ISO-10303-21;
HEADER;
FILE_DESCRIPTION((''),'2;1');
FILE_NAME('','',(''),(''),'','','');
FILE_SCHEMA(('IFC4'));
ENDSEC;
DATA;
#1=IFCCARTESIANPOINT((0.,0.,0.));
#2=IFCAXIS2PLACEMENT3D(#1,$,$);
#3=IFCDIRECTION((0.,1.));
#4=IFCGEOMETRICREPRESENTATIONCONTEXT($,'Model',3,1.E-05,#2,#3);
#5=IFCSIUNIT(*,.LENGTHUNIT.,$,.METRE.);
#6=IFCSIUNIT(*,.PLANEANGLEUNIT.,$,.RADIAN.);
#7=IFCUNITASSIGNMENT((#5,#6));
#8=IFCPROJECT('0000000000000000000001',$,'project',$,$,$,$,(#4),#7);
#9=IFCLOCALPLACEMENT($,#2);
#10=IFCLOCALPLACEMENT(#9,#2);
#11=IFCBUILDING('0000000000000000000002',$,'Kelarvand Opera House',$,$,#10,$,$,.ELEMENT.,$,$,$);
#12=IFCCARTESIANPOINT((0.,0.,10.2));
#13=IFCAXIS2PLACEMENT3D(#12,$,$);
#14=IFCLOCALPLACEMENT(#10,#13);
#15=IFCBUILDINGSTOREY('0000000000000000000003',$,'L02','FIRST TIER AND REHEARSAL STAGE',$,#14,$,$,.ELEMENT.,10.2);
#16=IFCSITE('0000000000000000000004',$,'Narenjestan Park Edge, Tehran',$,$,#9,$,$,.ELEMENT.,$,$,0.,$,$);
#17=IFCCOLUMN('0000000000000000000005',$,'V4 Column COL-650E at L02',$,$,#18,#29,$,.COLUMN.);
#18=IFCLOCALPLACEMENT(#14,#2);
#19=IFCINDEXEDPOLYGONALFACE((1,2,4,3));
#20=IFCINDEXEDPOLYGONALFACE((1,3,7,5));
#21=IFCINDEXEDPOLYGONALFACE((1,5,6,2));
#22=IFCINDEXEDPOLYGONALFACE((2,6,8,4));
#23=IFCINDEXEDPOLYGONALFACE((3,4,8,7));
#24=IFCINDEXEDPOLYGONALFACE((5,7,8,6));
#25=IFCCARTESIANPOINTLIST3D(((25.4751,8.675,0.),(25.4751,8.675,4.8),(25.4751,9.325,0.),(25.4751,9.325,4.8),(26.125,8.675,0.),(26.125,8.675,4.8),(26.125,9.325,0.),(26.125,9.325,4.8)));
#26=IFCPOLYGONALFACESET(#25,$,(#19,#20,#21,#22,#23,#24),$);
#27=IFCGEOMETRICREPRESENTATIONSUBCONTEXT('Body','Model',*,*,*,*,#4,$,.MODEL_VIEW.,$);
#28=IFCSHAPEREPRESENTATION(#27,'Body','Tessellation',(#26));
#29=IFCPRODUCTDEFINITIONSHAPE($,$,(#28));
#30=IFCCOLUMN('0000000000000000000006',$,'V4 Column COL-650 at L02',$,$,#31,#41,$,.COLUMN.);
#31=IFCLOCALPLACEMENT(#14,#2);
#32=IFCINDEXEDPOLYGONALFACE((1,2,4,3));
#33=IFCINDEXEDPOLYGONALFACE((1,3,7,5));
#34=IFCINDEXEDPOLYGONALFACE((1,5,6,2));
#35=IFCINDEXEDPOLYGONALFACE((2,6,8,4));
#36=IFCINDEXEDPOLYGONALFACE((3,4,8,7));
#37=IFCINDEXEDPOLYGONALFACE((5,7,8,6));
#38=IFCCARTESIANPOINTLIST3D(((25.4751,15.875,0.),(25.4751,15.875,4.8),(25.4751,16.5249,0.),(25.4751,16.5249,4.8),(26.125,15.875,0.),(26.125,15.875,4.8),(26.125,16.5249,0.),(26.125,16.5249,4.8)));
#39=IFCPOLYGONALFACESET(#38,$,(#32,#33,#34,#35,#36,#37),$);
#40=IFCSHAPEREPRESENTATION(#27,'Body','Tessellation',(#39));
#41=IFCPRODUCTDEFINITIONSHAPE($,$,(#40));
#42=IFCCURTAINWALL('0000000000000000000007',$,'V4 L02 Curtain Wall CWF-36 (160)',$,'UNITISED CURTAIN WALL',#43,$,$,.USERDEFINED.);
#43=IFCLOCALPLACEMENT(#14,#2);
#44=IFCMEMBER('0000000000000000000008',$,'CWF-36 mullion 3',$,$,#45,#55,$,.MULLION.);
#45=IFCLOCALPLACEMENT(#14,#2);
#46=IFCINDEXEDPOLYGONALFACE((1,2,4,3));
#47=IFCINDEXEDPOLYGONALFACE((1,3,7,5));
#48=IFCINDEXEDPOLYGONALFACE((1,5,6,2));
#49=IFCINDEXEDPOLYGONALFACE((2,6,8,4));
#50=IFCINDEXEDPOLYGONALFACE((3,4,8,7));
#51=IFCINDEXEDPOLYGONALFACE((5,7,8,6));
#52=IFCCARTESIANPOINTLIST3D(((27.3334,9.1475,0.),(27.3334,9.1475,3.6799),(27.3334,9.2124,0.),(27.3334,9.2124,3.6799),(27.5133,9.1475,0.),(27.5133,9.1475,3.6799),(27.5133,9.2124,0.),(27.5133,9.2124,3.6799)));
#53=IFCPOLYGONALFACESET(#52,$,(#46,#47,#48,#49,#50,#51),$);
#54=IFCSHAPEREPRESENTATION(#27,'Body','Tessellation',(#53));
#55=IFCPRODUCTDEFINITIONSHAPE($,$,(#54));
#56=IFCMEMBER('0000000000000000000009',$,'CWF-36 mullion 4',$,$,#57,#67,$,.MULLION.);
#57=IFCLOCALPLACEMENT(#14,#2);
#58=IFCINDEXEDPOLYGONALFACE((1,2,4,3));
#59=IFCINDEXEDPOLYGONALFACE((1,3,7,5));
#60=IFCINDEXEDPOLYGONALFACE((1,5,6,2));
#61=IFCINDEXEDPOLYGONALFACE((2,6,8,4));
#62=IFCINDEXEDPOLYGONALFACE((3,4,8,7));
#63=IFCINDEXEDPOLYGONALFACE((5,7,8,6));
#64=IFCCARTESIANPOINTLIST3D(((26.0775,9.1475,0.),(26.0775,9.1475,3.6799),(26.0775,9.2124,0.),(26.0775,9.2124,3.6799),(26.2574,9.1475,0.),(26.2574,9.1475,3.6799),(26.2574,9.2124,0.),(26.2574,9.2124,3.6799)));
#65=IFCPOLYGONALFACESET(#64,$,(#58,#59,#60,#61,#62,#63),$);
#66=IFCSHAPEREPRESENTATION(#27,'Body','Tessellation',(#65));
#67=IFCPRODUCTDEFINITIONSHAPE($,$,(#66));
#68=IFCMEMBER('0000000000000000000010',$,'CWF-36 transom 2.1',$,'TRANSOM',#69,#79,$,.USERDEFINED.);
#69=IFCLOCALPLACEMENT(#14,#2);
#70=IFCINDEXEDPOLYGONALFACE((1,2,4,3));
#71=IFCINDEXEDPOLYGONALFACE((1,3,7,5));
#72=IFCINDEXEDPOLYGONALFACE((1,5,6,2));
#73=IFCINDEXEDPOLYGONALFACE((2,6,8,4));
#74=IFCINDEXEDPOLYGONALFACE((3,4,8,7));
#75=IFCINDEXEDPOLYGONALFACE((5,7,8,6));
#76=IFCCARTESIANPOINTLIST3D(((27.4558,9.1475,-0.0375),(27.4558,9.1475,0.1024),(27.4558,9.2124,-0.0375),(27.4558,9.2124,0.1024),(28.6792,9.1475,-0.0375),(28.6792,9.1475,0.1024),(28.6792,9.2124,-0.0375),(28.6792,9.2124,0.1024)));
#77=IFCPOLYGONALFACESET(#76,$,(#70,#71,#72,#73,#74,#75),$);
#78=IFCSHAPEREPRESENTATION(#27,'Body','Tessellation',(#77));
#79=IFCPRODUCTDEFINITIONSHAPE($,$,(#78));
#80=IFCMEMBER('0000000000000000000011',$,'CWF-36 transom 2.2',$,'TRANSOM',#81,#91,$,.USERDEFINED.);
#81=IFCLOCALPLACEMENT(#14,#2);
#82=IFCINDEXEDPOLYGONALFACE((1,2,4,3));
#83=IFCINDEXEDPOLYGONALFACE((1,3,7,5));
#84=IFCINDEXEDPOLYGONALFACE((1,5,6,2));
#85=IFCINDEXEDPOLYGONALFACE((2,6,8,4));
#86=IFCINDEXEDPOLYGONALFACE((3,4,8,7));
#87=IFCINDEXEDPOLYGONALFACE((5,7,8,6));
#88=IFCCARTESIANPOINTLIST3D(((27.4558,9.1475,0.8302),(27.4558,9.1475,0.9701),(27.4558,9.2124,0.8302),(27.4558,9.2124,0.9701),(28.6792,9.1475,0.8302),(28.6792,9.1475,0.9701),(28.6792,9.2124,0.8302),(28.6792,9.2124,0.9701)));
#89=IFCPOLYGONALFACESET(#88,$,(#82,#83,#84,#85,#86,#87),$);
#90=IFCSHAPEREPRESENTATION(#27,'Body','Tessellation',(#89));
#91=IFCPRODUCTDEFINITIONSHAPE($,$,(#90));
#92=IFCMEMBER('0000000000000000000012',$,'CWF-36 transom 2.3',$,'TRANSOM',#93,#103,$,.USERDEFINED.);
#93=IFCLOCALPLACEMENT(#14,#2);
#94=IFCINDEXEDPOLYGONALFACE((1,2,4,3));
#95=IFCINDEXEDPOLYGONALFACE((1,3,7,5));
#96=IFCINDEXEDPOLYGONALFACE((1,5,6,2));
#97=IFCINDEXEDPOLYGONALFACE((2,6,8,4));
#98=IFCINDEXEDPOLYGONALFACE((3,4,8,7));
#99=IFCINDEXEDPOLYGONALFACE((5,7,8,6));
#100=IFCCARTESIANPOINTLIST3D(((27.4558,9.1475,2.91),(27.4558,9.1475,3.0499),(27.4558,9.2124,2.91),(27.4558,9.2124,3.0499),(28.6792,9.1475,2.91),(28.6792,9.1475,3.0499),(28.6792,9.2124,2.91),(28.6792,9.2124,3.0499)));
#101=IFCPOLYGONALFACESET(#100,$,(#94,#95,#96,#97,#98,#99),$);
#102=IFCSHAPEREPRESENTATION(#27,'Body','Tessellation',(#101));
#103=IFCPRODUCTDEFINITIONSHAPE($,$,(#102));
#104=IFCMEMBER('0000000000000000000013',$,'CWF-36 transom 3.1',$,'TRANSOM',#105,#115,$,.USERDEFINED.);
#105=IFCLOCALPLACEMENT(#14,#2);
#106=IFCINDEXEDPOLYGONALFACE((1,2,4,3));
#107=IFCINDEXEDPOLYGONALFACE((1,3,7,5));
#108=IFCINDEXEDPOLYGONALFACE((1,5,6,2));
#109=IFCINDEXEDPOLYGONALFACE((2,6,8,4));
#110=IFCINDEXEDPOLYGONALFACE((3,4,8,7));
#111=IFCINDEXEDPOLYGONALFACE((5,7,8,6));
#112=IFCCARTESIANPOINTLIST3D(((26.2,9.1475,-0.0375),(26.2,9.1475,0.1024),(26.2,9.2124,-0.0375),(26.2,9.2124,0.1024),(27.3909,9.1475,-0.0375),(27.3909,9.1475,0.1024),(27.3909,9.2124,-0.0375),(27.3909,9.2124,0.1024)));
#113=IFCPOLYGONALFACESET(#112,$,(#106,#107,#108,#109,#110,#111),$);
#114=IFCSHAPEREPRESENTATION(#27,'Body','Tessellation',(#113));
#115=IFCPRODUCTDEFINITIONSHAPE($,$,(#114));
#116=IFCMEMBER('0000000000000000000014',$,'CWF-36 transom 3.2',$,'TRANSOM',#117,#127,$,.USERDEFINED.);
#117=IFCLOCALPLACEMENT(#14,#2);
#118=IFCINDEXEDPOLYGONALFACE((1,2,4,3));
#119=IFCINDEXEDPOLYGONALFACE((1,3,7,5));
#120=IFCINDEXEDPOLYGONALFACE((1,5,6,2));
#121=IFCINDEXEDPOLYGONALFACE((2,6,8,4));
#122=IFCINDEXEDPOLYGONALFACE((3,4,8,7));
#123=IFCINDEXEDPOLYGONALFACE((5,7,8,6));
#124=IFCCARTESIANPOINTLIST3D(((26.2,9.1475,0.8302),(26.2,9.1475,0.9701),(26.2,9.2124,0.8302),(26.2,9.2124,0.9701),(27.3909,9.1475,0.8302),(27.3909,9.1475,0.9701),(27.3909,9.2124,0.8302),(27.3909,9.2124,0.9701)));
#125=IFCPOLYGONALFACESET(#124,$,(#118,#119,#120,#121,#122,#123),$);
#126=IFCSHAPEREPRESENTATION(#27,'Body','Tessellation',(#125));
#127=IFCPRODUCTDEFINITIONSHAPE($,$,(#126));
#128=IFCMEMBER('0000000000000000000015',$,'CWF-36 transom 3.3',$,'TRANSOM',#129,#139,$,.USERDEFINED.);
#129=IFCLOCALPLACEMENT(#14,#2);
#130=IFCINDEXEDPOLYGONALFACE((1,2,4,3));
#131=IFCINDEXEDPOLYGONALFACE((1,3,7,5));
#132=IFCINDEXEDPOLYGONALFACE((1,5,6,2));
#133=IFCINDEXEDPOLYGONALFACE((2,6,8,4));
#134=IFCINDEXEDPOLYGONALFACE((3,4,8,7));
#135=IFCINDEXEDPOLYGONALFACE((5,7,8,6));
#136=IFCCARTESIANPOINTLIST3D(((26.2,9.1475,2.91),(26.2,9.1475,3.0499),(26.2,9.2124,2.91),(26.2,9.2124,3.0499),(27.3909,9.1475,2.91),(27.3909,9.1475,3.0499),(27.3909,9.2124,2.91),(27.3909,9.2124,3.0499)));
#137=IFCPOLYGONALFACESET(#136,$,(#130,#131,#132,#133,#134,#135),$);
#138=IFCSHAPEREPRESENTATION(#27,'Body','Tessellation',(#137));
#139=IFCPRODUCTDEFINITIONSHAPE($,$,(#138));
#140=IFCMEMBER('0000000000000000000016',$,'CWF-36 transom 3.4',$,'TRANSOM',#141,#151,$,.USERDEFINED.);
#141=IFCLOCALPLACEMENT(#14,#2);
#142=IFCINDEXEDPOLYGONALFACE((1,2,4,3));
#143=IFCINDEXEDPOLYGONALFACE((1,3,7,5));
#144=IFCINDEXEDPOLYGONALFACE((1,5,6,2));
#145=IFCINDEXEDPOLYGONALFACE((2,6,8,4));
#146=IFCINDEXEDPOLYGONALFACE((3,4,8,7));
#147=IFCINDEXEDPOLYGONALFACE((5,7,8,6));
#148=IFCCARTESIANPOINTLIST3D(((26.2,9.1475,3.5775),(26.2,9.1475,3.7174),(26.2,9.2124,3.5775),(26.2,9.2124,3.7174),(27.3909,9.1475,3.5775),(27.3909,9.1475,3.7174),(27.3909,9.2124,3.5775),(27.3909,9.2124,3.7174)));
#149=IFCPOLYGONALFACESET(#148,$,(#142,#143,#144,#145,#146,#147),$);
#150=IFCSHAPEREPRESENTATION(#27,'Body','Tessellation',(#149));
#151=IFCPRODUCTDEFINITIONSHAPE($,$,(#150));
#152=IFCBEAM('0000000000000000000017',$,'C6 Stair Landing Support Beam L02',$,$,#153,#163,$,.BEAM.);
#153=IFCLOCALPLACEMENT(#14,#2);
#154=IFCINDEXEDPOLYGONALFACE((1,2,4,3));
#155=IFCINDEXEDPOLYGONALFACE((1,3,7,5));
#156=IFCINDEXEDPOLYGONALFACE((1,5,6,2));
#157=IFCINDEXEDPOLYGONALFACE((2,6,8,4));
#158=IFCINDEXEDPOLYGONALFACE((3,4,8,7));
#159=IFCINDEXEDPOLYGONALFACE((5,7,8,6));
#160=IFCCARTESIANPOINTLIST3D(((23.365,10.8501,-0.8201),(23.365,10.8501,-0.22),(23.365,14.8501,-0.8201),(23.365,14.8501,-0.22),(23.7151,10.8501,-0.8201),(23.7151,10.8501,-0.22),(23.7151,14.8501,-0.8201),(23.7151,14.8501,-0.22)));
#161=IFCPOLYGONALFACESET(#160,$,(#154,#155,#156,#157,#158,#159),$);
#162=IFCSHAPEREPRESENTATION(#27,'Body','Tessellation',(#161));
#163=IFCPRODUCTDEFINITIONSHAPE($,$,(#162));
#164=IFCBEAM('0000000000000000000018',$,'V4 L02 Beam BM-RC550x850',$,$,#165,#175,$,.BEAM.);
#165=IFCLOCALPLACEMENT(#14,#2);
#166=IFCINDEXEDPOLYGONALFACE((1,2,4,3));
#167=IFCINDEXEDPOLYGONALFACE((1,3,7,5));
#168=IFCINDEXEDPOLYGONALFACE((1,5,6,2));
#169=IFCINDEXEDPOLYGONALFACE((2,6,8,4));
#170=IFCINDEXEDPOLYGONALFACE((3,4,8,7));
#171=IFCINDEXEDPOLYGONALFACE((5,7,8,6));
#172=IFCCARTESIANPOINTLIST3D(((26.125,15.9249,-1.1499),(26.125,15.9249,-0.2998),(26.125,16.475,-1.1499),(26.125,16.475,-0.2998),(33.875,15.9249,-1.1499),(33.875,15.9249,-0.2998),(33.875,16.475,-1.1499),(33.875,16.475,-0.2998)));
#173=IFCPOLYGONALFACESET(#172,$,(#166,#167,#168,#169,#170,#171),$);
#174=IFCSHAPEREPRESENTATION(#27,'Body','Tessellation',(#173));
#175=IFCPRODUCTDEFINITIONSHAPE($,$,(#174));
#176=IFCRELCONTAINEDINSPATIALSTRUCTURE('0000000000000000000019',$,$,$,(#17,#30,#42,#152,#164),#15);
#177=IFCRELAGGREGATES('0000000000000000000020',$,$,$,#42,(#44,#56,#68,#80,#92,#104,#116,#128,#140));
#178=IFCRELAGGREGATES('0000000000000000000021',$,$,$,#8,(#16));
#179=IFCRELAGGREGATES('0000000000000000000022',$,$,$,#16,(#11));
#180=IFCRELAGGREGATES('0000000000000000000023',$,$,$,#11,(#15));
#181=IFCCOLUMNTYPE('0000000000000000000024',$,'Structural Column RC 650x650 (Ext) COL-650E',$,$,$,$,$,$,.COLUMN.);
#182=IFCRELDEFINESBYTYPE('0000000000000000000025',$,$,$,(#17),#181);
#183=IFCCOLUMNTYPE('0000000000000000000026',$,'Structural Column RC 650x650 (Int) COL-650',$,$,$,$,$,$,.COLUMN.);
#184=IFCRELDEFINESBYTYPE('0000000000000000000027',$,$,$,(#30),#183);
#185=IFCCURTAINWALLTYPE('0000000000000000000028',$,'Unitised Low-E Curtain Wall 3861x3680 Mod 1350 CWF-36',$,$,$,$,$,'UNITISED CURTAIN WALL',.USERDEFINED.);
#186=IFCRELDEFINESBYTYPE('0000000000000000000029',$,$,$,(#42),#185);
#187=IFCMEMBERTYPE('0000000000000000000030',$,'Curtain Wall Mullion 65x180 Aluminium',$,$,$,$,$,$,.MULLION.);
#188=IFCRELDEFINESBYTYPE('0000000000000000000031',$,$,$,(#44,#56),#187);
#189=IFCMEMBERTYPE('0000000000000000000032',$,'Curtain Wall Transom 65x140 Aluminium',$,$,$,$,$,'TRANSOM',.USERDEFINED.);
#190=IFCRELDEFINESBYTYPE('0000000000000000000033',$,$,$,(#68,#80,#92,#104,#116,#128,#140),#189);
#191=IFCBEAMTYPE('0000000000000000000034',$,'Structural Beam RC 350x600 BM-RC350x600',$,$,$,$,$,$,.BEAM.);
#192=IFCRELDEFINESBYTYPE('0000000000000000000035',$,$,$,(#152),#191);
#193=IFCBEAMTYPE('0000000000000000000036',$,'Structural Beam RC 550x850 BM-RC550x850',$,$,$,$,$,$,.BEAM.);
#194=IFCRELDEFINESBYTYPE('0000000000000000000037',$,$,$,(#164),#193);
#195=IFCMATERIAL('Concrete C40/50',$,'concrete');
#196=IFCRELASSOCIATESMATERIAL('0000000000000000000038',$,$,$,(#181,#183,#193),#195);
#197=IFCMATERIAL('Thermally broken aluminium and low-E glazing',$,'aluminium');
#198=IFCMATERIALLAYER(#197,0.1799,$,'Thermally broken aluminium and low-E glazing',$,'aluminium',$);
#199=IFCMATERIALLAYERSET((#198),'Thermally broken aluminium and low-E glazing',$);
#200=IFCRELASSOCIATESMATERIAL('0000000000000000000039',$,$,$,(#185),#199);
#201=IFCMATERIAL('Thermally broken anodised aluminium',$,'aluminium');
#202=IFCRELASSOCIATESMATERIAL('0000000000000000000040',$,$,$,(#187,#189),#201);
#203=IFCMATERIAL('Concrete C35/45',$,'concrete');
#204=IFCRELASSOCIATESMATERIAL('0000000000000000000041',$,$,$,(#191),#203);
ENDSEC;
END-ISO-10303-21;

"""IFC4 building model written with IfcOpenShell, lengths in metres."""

from ifc_helpers import new_model, si_unit, direction, frame, origin, origin_2d, place, context, subcontext, project, spatial, rectangle, extrude, material, layer, layer_set, material_profile, profile_set, type_object, element, aggregate, save


model = new_model("IFC4")

# Units and contexts
model_context = context("Model", 3, precision=1e-05, world=origin(), true_north=direction((0.0, 1.0)))
body_context = subcontext(model_context, "Body", "Model", "MODEL_VIEW")
ifc_project = project(units=[si_unit("LENGTHUNIT", "METRE"), si_unit("PLANEANGLEUNIT", "RADIAN")], contexts=[model_context])

# Site, building, storey
site_placement = place(None, origin())
site = spatial("IfcSite", under=ifc_project, at=site_placement, Name="Narenjestan Park Edge, Tehran", CompositionType="ELEMENT", RefElevation=0.0)
building_placement = place(site_placement, origin())
building = spatial("IfcBuilding", under=site, at=building_placement, Name="Kelarvand Opera House", CompositionType="ELEMENT")
storey_placement = place(building_placement, frame((0.0, 0.0, 10.2)))
storey = spatial("IfcBuildingStorey", under=building, at=storey_placement, Name="L02", Description="FIRST TIER AND REHEARSAL STAGE", CompositionType="ELEMENT", Elevation=10.2)

# Columns
ifc_material_1 = material(Name="Concrete C40/50", Category="concrete")
ifc_material_profile_1 = material_profile(ifc_material_1, rectangle(XDim=0.6499, YDim=0.6499, at=origin_2d()), Name="RC 650x650", Category="concrete")
ifc_profile_set_1 = profile_set([ifc_material_profile_1], Name="Concrete C40/50")
column_type_1 = type_object("IfcColumnType", Name="Structural Column RC 650x650 (Ext) COL-650E", PredefinedType="COLUMN", material=ifc_profile_set_1)
column_1_placement = place(storey_placement, frame((25.8, 9.0, 0.0), z_axis=(0.0, 0.0, 1.0), x_axis=(1.0, 0.0, 0.0)))
element("IfcColumn", 1, at=column_1_placement, inside=storey, type_object=column_type_1, Name="V4 Column COL-650E at L02", PredefinedType="COLUMN", context=body_context, shape_type="SweptSolid", body=[
    extrude(rectangle(XDim=0.6499, YDim=0.6499, at=origin_2d()), origin(), (0.0, 0.0, 1.0), 4.8),
])
ifc_material_profile_2 = material_profile(ifc_material_1, rectangle(XDim=0.6499, YDim=0.6499, at=origin_2d()), Name="RC 650x650", Category="concrete")
ifc_profile_set_2 = profile_set([ifc_material_profile_2], Name="Concrete C40/50")
column_type_2 = type_object("IfcColumnType", Name="Structural Column RC 650x650 (Int) COL-650", PredefinedType="COLUMN", material=ifc_profile_set_2)
column_2_placement = place(storey_placement, frame((25.8, 16.2, 0.0), z_axis=(0.0, 0.0, 1.0), x_axis=(1.0, 0.0, 0.0)))
element("IfcColumn", 2, at=column_2_placement, inside=storey, type_object=column_type_2, Name="V4 Column COL-650 at L02", PredefinedType="COLUMN", context=body_context, shape_type="SweptSolid", body=[
    extrude(rectangle(XDim=0.6499, YDim=0.6499, at=origin_2d()), origin(), (0.0, 0.0, 1.0), 4.8),
])

# Curtain wall, members
ifc_material_2 = material(Name="Thermally broken aluminium and low-E glazing", Category="aluminium")
ifc_layer_1 = layer(ifc_material_2, 0.1799, Name="Thermally broken aluminium and low-E glazing", Category="aluminium")
ifc_layer_set_1 = layer_set([ifc_layer_1], Name="Thermally broken aluminium and low-E glazing")
curtain_wall_type = type_object("IfcCurtainWallType", Name="Unitised Low-E Curtain Wall 3861x3680 Mod 1350 CWF-36", ElementType="UNITISED CURTAIN WALL", PredefinedType="USERDEFINED", material=ifc_layer_set_1)
curtain_wall_placement = place(storey_placement, origin())
curtain_wall = element("IfcCurtainWall", 3, at=curtain_wall_placement, inside=storey, type_object=curtain_wall_type, Name="V4 L02 Curtain Wall CWF-36 (160)", ObjectType="UNITISED CURTAIN WALL", PredefinedType="USERDEFINED")
ifc_material_3 = material(Name="Thermally broken anodised aluminium", Category="aluminium")
ifc_material_profile_3 = material_profile(ifc_material_3, rectangle(XDim=0.0649, YDim=0.1799, at=origin_2d()), Name="ALU MULLION 65x180", Category="aluminium")
ifc_profile_set_3 = profile_set([ifc_material_profile_3], Name="Thermally broken anodised aluminium")
member_type_1 = type_object("IfcMemberType", Name="Curtain Wall Mullion 65x180 Aluminium", PredefinedType="MULLION", material=ifc_profile_set_3)
member_1_placement = place(storey_placement, frame((27.4233, 9.1799, 0.0), z_axis=(0.0, 0.0, 1.0), x_axis=(0.0, -1.0, 0.0)))
member_1 = element("IfcMember", 4, at=member_1_placement, type_object=member_type_1, Name="CWF-36 mullion 3", PredefinedType="MULLION", context=body_context, shape_type="SweptSolid", body=[
    extrude(rectangle(XDim=0.0649, YDim=0.1799, at=origin_2d()), origin(), (0.0, 0.0, 1.0), 3.6799),
])
member_2_placement = place(storey_placement, frame((26.1675, 9.1799, 0.0), z_axis=(0.0, 0.0, 1.0), x_axis=(0.0, -1.0, 0.0)))
member_2 = element("IfcMember", 5, at=member_2_placement, type_object=member_type_1, Name="CWF-36 mullion 4", PredefinedType="MULLION", context=body_context, shape_type="SweptSolid", body=[
    extrude(rectangle(XDim=0.0649, YDim=0.1799, at=origin_2d()), origin(), (0.0, 0.0, 1.0), 3.6799),
])
ifc_material_profile_4 = material_profile(ifc_material_3, rectangle(XDim=0.0649, YDim=0.1399, at=origin_2d()), Name="ALU TRANSOM 65x140", Category="aluminium")
ifc_profile_set_4 = profile_set([ifc_material_profile_4], Name="Thermally broken anodised aluminium")
member_type_2 = type_object("IfcMemberType", Name="Curtain Wall Transom 65x140 Aluminium", ElementType="TRANSOM", PredefinedType="USERDEFINED", material=ifc_profile_set_4)
member_3_placement = place(storey_placement, frame((28.6792, 9.1799, 0.0325), z_axis=(-1.0, 0.0, 0.0), x_axis=(0.0, -1.0, 0.0)))
member_3 = element("IfcMember", 6, at=member_3_placement, type_object=member_type_2, Name="CWF-36 transom 2.1", ObjectType="TRANSOM", PredefinedType="USERDEFINED", context=body_context, shape_type="SweptSolid", body=[
    extrude(rectangle(XDim=0.0649, YDim=0.1399, at=origin_2d()), origin(), (0.0, 0.0, 1.0), 1.2234),
])
member_4_placement = place(storey_placement, frame((28.6792, 9.1799, 0.9001), z_axis=(-1.0, 0.0, 0.0), x_axis=(0.0, -1.0, 0.0)))
member_4 = element("IfcMember", 7, at=member_4_placement, type_object=member_type_2, Name="CWF-36 transom 2.2", ObjectType="TRANSOM", PredefinedType="USERDEFINED", context=body_context, shape_type="SweptSolid", body=[
    extrude(rectangle(XDim=0.0649, YDim=0.1399, at=origin_2d()), origin(), (0.0, 0.0, 1.0), 1.2234),
])
member_5_placement = place(storey_placement, frame((28.6792, 9.1799, 2.98), z_axis=(-1.0, 0.0, 0.0), x_axis=(0.0, -1.0, 0.0)))
member_5 = element("IfcMember", 8, at=member_5_placement, type_object=member_type_2, Name="CWF-36 transom 2.3", ObjectType="TRANSOM", PredefinedType="USERDEFINED", context=body_context, shape_type="SweptSolid", body=[
    extrude(rectangle(XDim=0.0649, YDim=0.1399, at=origin_2d()), origin(), (0.0, 0.0, 1.0), 1.2234),
])
member_6_placement = place(storey_placement, frame((27.3909, 9.1799, 0.0325), z_axis=(-1.0, 0.0, 0.0), x_axis=(0.0, -1.0, 0.0)))
member_6 = element("IfcMember", 9, at=member_6_placement, type_object=member_type_2, Name="CWF-36 transom 3.1", ObjectType="TRANSOM", PredefinedType="USERDEFINED", context=body_context, shape_type="SweptSolid", body=[
    extrude(rectangle(XDim=0.0649, YDim=0.1399, at=origin_2d()), origin(), (0.0, 0.0, 1.0), 1.1909),
])
member_7_placement = place(storey_placement, frame((27.3909, 9.1799, 0.9001), z_axis=(-1.0, 0.0, 0.0), x_axis=(0.0, -1.0, 0.0)))
member_7 = element("IfcMember", 10, at=member_7_placement, type_object=member_type_2, Name="CWF-36 transom 3.2", ObjectType="TRANSOM", PredefinedType="USERDEFINED", context=body_context, shape_type="SweptSolid", body=[
    extrude(rectangle(XDim=0.0649, YDim=0.1399, at=origin_2d()), origin(), (0.0, 0.0, 1.0), 1.1909),
])
member_8_placement = place(storey_placement, frame((27.3909, 9.1799, 2.98), z_axis=(-1.0, 0.0, 0.0), x_axis=(0.0, -1.0, 0.0)))
member_8 = element("IfcMember", 11, at=member_8_placement, type_object=member_type_2, Name="CWF-36 transom 3.3", ObjectType="TRANSOM", PredefinedType="USERDEFINED", context=body_context, shape_type="SweptSolid", body=[
    extrude(rectangle(XDim=0.0649, YDim=0.1399, at=origin_2d()), origin(), (0.0, 0.0, 1.0), 1.1909),
])
member_9_placement = place(storey_placement, frame((27.3909, 9.1799, 3.6475), z_axis=(-1.0, 0.0, 0.0), x_axis=(0.0, -1.0, 0.0)))
member_9 = element("IfcMember", 12, at=member_9_placement, type_object=member_type_2, Name="CWF-36 transom 3.4", ObjectType="TRANSOM", PredefinedType="USERDEFINED", context=body_context, shape_type="SweptSolid", body=[
    extrude(rectangle(XDim=0.0649, YDim=0.1399, at=origin_2d()), origin(), (0.0, 0.0, 1.0), 1.1909),
])

# Beams
ifc_material_4 = material(Name="Concrete C35/45", Category="concrete")
ifc_material_profile_5 = material_profile(ifc_material_4, rectangle(XDim=0.3501, YDim=0.6001, at=origin_2d()), Name="RC 350x600", Category="concrete")
ifc_profile_set_5 = profile_set([ifc_material_profile_5], Name="Concrete C35/45")
beam_type_1 = type_object("IfcBeamType", Name="Structural Beam RC 350x600 BM-RC350x600", PredefinedType="BEAM", material=ifc_profile_set_5)
beam_1_placement = place(storey_placement, frame((23.54, 10.8501, -0.52), z_axis=(0.0, 1.0, 0.0), x_axis=(-1.0, 0.0, 0.0)))
element("IfcBeam", 13, at=beam_1_placement, inside=storey, type_object=beam_type_1, Name="C6 Stair Landing Support Beam L02", PredefinedType="BEAM", context=body_context, shape_type="SweptSolid", body=[
    extrude(rectangle(XDim=0.3501, YDim=0.6001, at=origin_2d()), origin(), (0.0, 0.0, 1.0), 4.0),
])
ifc_material_profile_6 = material_profile(ifc_material_1, rectangle(XDim=0.55, YDim=0.8501, at=origin_2d()), Name="RC 550x850", Category="concrete")
ifc_profile_set_6 = profile_set([ifc_material_profile_6], Name="Concrete C40/50")
beam_type_2 = type_object("IfcBeamType", Name="Structural Beam RC 550x850 BM-RC550x850", PredefinedType="BEAM", material=ifc_profile_set_6)
beam_2_placement = place(storey_placement, frame((26.125, 16.2, -0.7249), z_axis=(1.0, 0.0, 0.0), x_axis=(0.0, 1.0, 0.0)))
element("IfcBeam", 14, at=beam_2_placement, inside=storey, type_object=beam_type_2, Name="V4 L02 Beam BM-RC550x850", PredefinedType="BEAM", context=body_context, shape_type="SweptSolid", body=[
    extrude(rectangle(XDim=0.55, YDim=0.8501, at=origin_2d()), origin(), (0.0, 0.0, 1.0), 7.75),
])

aggregate(curtain_wall, [member_1, member_2, member_3, member_4, member_5, member_6, member_7, member_8, member_9])

save(model, "model.ifc")
